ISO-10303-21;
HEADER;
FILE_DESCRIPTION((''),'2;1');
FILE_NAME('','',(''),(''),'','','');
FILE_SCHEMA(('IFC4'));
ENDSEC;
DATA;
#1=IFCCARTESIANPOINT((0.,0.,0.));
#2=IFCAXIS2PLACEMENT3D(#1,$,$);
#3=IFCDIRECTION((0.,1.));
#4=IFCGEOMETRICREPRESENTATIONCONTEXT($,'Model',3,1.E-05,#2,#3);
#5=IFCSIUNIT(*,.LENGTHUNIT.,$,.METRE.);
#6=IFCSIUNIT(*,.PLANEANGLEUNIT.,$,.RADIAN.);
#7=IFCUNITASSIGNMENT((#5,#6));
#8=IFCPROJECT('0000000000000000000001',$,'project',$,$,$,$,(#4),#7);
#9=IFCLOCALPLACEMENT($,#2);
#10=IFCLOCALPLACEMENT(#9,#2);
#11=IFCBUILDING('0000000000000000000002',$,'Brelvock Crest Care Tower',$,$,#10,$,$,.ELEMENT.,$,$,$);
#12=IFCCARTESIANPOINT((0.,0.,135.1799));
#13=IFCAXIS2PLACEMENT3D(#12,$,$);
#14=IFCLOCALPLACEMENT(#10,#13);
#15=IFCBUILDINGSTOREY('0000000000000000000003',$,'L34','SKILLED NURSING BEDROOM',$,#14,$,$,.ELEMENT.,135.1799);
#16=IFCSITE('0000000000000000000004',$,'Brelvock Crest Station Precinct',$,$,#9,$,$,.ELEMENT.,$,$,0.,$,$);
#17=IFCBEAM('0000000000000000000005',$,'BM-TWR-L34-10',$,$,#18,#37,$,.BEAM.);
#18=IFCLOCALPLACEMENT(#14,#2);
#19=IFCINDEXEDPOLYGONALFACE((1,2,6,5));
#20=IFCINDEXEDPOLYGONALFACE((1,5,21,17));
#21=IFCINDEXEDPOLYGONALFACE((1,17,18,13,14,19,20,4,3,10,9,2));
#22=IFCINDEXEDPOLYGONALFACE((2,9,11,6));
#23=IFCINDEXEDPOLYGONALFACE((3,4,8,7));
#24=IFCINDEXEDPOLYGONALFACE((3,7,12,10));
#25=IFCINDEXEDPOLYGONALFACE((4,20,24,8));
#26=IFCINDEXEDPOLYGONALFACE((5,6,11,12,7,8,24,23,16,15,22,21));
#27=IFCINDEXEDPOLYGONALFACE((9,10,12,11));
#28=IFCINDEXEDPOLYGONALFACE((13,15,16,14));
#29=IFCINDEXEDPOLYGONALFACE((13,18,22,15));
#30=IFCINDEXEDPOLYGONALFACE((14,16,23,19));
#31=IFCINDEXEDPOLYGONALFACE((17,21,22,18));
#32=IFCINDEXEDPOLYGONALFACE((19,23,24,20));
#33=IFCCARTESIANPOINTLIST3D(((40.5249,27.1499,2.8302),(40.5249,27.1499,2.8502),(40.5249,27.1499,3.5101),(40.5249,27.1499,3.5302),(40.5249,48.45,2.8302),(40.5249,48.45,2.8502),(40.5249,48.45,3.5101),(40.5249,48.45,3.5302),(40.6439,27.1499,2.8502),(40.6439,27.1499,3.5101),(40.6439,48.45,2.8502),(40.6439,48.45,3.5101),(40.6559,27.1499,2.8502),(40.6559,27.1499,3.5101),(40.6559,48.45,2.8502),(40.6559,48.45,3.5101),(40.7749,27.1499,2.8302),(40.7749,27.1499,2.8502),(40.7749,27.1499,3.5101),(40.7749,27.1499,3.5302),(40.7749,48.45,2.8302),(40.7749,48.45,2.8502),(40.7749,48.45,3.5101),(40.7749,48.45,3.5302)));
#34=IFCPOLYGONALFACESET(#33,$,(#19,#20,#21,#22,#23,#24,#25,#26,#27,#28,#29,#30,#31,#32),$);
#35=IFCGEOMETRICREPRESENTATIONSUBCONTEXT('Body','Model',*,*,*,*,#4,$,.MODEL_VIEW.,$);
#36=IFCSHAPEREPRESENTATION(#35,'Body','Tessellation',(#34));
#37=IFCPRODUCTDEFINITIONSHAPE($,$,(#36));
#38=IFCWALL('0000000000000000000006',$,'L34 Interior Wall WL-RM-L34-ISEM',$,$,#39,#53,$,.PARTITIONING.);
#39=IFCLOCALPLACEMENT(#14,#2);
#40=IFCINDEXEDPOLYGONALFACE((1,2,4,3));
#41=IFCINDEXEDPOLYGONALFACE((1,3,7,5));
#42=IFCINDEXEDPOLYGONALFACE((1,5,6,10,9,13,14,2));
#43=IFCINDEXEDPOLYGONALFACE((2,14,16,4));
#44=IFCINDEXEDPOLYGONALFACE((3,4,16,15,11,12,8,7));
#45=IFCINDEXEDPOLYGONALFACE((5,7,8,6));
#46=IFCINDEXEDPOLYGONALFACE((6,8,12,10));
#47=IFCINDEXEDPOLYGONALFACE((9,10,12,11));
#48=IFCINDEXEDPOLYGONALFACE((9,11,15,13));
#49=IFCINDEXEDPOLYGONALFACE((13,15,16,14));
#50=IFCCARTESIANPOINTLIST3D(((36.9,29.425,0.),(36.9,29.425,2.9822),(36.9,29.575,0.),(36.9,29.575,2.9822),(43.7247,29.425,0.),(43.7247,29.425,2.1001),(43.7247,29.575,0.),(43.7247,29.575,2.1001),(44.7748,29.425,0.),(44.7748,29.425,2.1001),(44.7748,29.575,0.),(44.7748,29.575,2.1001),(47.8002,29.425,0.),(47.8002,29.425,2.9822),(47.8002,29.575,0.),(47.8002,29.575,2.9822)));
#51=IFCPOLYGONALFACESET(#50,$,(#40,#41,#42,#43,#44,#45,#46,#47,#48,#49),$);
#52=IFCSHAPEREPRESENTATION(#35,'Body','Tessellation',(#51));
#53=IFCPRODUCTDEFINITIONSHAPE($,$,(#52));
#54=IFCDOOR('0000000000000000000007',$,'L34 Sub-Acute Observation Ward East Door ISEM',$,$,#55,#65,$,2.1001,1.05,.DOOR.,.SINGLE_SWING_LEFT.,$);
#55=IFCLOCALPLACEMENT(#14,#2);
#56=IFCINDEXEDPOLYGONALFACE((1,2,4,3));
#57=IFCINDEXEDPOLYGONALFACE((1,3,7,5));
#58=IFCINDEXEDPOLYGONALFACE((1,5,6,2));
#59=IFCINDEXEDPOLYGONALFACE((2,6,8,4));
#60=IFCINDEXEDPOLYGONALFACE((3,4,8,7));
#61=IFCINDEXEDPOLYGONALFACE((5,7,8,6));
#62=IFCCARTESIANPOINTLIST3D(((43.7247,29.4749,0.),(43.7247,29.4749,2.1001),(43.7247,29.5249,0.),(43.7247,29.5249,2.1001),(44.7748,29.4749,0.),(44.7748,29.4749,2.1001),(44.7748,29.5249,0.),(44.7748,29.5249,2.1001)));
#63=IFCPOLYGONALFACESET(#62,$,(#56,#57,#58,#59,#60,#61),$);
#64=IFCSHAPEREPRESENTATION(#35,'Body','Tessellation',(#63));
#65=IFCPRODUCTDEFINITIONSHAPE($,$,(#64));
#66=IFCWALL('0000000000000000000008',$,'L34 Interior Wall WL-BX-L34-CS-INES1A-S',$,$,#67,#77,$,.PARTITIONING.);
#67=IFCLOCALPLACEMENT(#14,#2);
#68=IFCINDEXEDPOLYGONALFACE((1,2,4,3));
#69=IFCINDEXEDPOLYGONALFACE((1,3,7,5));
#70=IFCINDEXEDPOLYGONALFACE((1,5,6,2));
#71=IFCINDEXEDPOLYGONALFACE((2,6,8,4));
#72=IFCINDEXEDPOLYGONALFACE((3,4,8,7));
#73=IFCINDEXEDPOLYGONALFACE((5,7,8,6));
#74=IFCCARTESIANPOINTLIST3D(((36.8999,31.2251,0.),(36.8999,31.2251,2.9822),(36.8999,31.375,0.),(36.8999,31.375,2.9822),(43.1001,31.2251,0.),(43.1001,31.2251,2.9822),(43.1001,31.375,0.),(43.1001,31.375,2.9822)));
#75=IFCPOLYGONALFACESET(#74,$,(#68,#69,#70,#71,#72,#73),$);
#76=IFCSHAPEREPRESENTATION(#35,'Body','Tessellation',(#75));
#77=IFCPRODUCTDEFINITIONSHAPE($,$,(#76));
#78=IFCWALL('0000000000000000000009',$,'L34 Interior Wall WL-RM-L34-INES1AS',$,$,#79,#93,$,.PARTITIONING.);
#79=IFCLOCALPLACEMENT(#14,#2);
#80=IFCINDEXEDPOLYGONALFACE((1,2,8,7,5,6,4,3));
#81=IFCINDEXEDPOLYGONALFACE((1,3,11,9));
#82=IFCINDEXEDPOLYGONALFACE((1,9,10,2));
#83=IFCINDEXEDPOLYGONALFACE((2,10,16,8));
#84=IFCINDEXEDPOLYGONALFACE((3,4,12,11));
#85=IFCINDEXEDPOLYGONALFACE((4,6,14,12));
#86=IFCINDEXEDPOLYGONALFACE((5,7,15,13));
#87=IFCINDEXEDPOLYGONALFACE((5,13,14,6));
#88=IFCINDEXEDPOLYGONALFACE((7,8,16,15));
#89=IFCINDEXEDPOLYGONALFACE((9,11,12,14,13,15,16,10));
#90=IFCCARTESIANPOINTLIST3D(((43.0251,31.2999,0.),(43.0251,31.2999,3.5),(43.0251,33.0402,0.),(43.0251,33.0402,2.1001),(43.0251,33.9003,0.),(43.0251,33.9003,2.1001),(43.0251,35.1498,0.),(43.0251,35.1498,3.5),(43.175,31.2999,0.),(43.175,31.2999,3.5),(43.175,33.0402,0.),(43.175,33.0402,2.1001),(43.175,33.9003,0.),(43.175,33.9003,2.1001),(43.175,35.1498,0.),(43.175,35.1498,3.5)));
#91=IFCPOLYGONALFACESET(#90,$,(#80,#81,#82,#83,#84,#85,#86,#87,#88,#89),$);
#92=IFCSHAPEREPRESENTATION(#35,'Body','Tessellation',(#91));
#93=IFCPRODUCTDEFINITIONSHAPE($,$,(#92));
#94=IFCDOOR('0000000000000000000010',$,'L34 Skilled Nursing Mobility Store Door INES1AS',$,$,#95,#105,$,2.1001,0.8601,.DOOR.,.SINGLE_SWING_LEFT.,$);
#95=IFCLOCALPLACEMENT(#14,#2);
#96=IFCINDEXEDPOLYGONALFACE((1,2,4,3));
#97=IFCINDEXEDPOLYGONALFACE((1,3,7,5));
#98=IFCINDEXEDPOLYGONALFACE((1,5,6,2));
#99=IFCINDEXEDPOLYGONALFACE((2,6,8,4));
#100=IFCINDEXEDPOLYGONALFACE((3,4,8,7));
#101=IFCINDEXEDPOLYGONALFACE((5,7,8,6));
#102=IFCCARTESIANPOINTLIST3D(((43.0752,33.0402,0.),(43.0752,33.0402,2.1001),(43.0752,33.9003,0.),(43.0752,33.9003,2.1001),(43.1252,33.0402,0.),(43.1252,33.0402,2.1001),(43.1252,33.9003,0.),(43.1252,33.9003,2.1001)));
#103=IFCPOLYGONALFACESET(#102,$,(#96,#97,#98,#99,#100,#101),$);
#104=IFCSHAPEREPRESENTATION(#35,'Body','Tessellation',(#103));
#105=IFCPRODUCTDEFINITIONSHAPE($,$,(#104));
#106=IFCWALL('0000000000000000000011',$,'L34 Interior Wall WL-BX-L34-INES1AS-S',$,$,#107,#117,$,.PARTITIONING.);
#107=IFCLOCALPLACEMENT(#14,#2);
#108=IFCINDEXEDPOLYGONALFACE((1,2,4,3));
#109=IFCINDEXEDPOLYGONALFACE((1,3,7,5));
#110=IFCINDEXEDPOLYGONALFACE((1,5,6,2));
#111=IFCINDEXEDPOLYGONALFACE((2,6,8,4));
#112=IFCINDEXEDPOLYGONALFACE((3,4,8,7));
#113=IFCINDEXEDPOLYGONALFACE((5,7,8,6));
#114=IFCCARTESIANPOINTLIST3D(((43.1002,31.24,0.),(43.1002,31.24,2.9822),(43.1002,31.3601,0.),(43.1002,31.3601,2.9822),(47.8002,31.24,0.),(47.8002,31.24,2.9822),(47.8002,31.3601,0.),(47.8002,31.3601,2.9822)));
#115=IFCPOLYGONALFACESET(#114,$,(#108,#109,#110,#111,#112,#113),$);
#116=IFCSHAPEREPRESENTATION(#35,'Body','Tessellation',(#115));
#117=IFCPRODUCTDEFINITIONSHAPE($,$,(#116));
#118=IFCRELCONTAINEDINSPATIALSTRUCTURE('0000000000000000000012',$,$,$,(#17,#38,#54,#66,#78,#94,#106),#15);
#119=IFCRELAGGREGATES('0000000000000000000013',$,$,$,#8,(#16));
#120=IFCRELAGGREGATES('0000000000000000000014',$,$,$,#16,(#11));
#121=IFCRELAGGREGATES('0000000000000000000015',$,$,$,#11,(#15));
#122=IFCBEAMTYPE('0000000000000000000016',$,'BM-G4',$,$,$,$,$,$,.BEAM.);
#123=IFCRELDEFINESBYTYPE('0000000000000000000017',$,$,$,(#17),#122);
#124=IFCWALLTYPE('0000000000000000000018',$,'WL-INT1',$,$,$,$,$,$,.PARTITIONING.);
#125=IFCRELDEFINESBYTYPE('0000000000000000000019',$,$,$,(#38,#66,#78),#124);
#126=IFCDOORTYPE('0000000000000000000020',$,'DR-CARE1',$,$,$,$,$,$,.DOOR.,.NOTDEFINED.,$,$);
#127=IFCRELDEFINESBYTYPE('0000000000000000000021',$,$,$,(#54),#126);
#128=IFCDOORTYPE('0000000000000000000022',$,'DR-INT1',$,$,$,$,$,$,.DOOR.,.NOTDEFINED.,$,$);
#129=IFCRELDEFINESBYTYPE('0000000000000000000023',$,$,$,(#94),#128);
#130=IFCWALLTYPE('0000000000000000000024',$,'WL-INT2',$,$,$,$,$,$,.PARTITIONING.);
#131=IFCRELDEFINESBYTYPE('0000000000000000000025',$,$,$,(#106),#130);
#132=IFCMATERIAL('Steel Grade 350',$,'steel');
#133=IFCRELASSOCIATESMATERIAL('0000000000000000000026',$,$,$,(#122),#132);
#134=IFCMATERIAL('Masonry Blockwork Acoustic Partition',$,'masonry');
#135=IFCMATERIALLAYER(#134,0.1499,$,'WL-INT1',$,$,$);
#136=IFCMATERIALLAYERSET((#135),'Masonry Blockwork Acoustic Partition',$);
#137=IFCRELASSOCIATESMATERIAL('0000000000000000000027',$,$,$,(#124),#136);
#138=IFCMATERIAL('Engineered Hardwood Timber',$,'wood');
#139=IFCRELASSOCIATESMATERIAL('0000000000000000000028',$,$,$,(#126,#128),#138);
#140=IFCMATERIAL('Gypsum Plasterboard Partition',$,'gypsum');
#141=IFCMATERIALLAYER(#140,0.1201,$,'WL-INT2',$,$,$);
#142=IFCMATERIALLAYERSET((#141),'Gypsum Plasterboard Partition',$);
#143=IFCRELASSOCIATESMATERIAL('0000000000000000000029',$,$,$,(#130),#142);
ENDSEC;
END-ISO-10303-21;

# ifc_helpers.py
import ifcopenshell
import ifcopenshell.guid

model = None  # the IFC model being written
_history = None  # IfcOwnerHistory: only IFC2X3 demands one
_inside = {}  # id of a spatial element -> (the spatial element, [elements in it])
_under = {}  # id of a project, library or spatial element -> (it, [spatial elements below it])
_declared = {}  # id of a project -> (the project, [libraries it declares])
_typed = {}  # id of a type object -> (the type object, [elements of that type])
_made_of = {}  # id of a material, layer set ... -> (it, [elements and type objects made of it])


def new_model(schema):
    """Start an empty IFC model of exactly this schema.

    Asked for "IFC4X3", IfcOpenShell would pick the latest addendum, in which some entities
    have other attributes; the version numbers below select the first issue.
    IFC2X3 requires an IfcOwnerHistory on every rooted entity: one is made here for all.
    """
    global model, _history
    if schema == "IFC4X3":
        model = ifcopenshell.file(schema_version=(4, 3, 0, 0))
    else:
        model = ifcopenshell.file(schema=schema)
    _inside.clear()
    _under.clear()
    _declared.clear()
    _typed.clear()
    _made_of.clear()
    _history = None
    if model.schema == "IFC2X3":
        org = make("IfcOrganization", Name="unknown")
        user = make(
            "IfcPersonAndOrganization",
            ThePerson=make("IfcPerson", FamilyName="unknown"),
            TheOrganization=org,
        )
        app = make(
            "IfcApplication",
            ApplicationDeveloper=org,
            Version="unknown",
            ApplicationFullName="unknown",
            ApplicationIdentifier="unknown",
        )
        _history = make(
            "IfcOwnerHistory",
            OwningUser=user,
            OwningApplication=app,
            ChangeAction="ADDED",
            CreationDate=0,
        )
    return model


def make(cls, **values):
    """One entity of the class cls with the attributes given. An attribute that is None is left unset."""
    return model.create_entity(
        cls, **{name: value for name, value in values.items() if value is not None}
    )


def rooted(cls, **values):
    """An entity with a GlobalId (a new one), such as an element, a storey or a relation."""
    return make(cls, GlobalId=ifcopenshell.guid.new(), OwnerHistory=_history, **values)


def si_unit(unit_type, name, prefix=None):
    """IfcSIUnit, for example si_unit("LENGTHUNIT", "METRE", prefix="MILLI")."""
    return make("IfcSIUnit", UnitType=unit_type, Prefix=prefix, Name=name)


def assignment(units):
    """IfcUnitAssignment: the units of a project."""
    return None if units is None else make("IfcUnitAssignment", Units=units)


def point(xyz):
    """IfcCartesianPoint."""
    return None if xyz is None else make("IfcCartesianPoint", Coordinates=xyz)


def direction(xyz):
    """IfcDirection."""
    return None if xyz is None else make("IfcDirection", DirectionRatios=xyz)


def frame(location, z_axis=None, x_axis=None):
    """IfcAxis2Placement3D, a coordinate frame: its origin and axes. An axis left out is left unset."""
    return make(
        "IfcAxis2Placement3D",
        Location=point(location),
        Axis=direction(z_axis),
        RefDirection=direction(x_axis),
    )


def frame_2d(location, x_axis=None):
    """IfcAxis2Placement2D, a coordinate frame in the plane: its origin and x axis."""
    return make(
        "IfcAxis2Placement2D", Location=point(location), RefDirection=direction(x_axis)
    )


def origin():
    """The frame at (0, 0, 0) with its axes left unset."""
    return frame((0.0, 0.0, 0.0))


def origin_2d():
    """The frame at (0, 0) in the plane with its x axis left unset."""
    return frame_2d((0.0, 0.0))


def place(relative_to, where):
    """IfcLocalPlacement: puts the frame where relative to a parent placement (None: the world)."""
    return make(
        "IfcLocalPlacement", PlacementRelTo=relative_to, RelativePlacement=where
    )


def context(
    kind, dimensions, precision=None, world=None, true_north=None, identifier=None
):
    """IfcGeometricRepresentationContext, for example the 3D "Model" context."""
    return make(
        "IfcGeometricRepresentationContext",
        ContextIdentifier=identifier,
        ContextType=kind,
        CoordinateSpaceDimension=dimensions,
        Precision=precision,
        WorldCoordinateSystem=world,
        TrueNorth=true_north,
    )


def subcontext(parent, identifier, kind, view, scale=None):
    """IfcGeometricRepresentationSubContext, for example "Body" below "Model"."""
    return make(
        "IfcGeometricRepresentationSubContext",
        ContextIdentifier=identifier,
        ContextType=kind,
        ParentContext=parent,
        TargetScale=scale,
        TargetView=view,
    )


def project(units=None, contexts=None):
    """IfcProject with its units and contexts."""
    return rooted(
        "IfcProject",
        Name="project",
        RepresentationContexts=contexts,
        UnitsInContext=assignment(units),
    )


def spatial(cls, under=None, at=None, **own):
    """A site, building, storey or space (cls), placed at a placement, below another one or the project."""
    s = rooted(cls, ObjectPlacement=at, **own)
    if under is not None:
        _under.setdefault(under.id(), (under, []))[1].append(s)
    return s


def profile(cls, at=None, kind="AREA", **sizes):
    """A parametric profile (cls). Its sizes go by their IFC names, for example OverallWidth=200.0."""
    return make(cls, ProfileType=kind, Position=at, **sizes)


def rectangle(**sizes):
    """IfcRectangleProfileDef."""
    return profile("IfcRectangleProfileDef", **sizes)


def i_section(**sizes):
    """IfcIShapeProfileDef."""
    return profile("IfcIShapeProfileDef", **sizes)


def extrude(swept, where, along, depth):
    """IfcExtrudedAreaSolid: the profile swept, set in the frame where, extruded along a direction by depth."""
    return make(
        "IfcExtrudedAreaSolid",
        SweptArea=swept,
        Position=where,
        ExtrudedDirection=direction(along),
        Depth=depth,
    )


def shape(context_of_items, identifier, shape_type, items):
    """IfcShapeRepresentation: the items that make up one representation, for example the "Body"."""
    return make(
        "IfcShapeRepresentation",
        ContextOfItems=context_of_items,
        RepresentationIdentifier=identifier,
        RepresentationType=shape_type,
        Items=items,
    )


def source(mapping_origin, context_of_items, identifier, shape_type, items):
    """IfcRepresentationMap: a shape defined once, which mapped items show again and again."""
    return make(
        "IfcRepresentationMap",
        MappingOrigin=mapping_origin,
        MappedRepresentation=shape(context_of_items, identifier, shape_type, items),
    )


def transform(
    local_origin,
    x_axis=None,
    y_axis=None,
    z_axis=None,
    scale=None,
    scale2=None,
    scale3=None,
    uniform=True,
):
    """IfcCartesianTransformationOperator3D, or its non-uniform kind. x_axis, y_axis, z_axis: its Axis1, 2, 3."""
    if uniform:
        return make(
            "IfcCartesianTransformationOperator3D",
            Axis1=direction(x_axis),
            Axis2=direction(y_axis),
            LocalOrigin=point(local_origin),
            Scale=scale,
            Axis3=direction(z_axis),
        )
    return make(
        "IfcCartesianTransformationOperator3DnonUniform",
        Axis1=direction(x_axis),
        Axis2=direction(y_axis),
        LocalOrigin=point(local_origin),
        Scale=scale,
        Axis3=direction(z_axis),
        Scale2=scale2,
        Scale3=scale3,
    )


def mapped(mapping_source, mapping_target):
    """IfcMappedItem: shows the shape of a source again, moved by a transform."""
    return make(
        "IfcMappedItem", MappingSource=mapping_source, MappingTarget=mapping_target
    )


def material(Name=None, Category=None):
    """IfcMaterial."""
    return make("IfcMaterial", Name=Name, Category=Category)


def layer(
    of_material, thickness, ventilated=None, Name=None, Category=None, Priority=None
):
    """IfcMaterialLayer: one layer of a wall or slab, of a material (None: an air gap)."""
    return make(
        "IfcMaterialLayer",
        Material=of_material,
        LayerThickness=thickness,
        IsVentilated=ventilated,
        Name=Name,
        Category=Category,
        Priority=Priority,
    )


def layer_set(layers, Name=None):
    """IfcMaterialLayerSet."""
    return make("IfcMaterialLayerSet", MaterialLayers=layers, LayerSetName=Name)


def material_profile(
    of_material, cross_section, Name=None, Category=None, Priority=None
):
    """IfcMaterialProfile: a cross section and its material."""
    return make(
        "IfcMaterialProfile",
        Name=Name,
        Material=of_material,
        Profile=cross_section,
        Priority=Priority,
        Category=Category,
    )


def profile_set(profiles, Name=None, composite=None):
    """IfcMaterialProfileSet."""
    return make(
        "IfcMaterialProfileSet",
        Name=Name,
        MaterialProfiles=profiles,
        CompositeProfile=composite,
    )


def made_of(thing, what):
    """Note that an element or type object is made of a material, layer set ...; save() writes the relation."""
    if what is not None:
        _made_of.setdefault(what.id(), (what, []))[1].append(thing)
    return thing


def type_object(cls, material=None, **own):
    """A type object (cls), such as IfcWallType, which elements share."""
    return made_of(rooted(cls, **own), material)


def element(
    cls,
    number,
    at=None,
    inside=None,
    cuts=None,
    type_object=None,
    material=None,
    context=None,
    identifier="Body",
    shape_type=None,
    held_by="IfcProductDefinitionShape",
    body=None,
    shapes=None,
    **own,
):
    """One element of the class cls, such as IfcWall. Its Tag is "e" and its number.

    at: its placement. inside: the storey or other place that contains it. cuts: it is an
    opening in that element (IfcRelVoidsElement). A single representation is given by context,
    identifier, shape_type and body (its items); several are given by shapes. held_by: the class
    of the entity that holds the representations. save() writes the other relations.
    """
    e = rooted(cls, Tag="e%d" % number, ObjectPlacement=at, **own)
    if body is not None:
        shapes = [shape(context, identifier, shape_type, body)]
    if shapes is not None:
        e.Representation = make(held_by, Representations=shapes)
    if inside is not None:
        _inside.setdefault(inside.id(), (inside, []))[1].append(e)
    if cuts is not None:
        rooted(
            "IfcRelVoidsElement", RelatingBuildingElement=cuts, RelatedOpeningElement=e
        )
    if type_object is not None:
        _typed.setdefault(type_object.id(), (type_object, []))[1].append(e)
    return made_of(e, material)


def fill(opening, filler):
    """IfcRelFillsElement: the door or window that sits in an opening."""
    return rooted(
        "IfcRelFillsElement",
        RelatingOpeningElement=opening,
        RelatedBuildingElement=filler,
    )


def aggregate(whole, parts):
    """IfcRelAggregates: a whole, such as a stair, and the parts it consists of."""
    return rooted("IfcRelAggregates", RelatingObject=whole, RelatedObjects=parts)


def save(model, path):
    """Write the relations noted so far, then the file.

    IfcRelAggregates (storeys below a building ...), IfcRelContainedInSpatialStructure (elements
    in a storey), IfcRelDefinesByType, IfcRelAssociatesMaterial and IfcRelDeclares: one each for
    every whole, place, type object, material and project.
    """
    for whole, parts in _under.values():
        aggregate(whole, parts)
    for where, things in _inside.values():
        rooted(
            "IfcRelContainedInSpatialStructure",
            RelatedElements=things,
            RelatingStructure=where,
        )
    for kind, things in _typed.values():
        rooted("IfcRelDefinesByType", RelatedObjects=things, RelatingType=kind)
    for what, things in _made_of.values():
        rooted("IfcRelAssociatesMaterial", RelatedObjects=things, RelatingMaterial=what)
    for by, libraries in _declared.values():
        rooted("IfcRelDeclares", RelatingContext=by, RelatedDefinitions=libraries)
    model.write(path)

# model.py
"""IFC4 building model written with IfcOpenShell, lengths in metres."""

from ifc_helpers import new_model, si_unit, direction, frame, frame_2d, origin, origin_2d, place, context, subcontext, project, spatial, rectangle, i_section, extrude, source, transform, mapped, material, layer, layer_set, material_profile, profile_set, type_object, element, fill, save


model = new_model("IFC4")

# Units and contexts
model_context = context("Model", 3, precision=1e-05, world=origin(), true_north=direction((0.0, 1.0)))
body_context = subcontext(model_context, "Body", "Model", "MODEL_VIEW")
ifc_project = project(units=[si_unit("LENGTHUNIT", "METRE"), si_unit("PLANEANGLEUNIT", "RADIAN")], contexts=[model_context])

# Site, building, storey
site_placement = place(None, origin())
site = spatial("IfcSite", under=ifc_project, at=site_placement, Name="Brelvock Crest Station Precinct", CompositionType="ELEMENT", RefElevation=0.0)
building_placement = place(site_placement, origin())
building = spatial("IfcBuilding", under=site, at=building_placement, Name="Brelvock Crest Care Tower", CompositionType="ELEMENT")
storey_placement = place(building_placement, frame((0.0, 0.0, 135.1799)))
storey = spatial("IfcBuildingStorey", under=building, at=storey_placement, Name="L34", Description="SKILLED NURSING BEDROOM", CompositionType="ELEMENT", Elevation=135.1799)

# Shared definitions
ifc_material_1 = material(Name="Steel Grade 350", Category="steel")

# Beam
ifc_material_profile_1 = material_profile(ifc_material_1, i_section(OverallWidth=0.25, OverallDepth=0.7, WebThickness=0.012, FlangeThickness=0.02, at=origin_2d()), Name="700WB150")
ifc_profile_set_1 = profile_set([ifc_material_profile_1], Name="Steel Grade 350")
beam_type_1 = type_object("IfcBeamType", Name="BM-G4", PredefinedType="BEAM", material=ifc_profile_set_1)
shared_shape_1 = source(origin(), body_context, "Body", "SweptSolid", [
    extrude(i_section(OverallWidth=0.25, OverallDepth=0.7, WebThickness=0.012, FlangeThickness=0.02, at=origin_2d()), origin(), (0.0, 0.0, 1.0), 21.3),
])
beam_1_placement = place(storey_placement, frame((40.6499, 27.1499, 3.1802), z_axis=(0.0, 1.0, 0.0), x_axis=(-1.0, 0.0, 0.0)))
element("IfcBeam", 1, at=beam_1_placement, inside=storey, type_object=beam_type_1, Name="BM-TWR-L34-10", PredefinedType="BEAM", context=body_context, shape_type="MappedRepresentation", body=[
    mapped(shared_shape_1, transform((0.0, 0.0, 0.0), x_axis=(1.0, 0.0, 0.0), y_axis=(0.0, 1.0, 0.0), z_axis=(0.0, 0.0, 1.0), scale=1.0)),
])

# Wall, opening, door
ifc_material_2 = material(Name="Masonry Blockwork Acoustic Partition", Category="masonry")
ifc_layer_1 = layer(ifc_material_2, 0.1499, Name="WL-INT1")
ifc_layer_set_1 = layer_set([ifc_layer_1], Name="Masonry Blockwork Acoustic Partition")
wall_type_1 = type_object("IfcWallType", Name="WL-INT1", PredefinedType="PARTITIONING", material=ifc_layer_set_1)
wall_1_placement = place(storey_placement, frame((36.8999, 29.5, 0.0), z_axis=(0.0, 0.0, 1.0), x_axis=(1.0, 0.0, 0.0)))
wall_1 = element("IfcWall", 2, at=wall_1_placement, inside=storey, type_object=wall_type_1, Name="L34 Interior Wall WL-RM-L34-ISEM", PredefinedType="PARTITIONING", context=body_context, shape_type="SweptSolid", body=[
    extrude(rectangle(XDim=10.9001, YDim=0.1499, at=frame_2d((5.4502, 0.0))), origin(), (0.0, 0.0, 1.0), 2.9822),
])
opening_1_placement = place(wall_1_placement, frame((6.825, 0.0, 0.0)))
opening_1 = element("IfcOpeningElement", 3, at=opening_1_placement, cuts=wall_1, PredefinedType="OPENING", context=body_context, shape_type="SweptSolid", body=[
    extrude(rectangle(XDim=1.05, YDim=2.1001, at=origin_2d()), frame((0.5249, 0.085, 1.05), z_axis=(0.0, -1.0, 0.0), x_axis=(1.0, 0.0, 0.0)), (0.0, 0.0, 1.0), 0.1699),
])
ifc_material_3 = material(Name="Engineered Hardwood Timber", Category="wood")
door_type_1 = type_object("IfcDoorType", Name="DR-CARE1", OperationType="NOTDEFINED", PredefinedType="DOOR", material=ifc_material_3)
shared_shape_2 = source(origin(), body_context, "Body", "SweptSolid", [
    extrude(rectangle(XDim=1.05, YDim=2.1001, at=origin_2d()), frame((0.5249, 0.0249, 1.05), z_axis=(0.0, -1.0, 0.0), x_axis=(1.0, 0.0, 0.0)), (0.0, 0.0, 1.0), 0.05),
])
door_1_placement = place(opening_1_placement, origin())
door_1 = element("IfcDoor", 4, at=door_1_placement, inside=storey, type_object=door_type_1, Name="L34 Sub-Acute Observation Ward East Door ISEM", OperationType="SINGLE_SWING_LEFT", OverallHeight=2.1001, OverallWidth=1.05, PredefinedType="DOOR", context=body_context, shape_type="MappedRepresentation", body=[
    mapped(shared_shape_2, transform((0.0, 0.0, 0.0), x_axis=(1.0, 0.0, 0.0), y_axis=(0.0, 1.0, 0.0), z_axis=(0.0, 0.0, 1.0), scale=1.0)),
])
fill(opening_1, door_1)

# Wall
wall_2_placement = place(storey_placement, frame((36.8999, 31.3, 0.0), z_axis=(0.0, 0.0, 1.0), x_axis=(1.0, 0.0, 0.0)))
element("IfcWall", 5, at=wall_2_placement, inside=storey, type_object=wall_type_1, Name="L34 Interior Wall WL-BX-L34-CS-INES1A-S", PredefinedType="PARTITIONING", context=body_context, shape_type="SweptSolid", body=[
    extrude(rectangle(XDim=6.2002, YDim=0.1499, at=frame_2d((3.1001, 0.0))), origin(), (0.0, 0.0, 1.0), 2.9822),
])

# Wall, opening, door
wall_3_placement = place(storey_placement, frame((43.1001, 31.3, 0.0), z_axis=(0.0, 0.0, 1.0), x_axis=(0.0, 1.0, 0.0)))
wall_3 = element("IfcWall", 6, at=wall_3_placement, inside=storey, type_object=wall_type_1, Name="L34 Interior Wall WL-RM-L34-INES1AS", PredefinedType="PARTITIONING", context=body_context, shape_type="SweptSolid", body=[
    extrude(rectangle(XDim=3.8499, YDim=0.1499, at=frame_2d((1.9248, 0.0))), origin(), (0.0, 0.0, 1.0), 3.5),
])
opening_2_placement = place(wall_3_placement, frame((1.74, 0.0, 0.0)))
opening_2 = element("IfcOpeningElement", 7, at=opening_2_placement, cuts=wall_3, PredefinedType="OPENING", context=body_context, shape_type="SweptSolid", body=[
    extrude(rectangle(XDim=0.8601, YDim=2.1001, at=origin_2d()), frame((0.4302, 0.085, 1.05), z_axis=(0.0, -1.0, 0.0), x_axis=(1.0, 0.0, 0.0)), (0.0, 0.0, 1.0), 0.1699),
])
door_type_2 = type_object("IfcDoorType", Name="DR-INT1", OperationType="NOTDEFINED", PredefinedType="DOOR", material=ifc_material_3)
shared_shape_3 = source(origin(), body_context, "Body", "SweptSolid", [
    extrude(rectangle(XDim=0.8601, YDim=2.1001, at=origin_2d()), frame((0.4302, 0.0249, 1.05), z_axis=(0.0, -1.0, 0.0), x_axis=(1.0, 0.0, 0.0)), (0.0, 0.0, 1.0), 0.05),
])
door_2_placement = place(opening_2_placement, origin())
door_2 = element("IfcDoor", 8, at=door_2_placement, inside=storey, type_object=door_type_2, Name="L34 Skilled Nursing Mobility Store Door INES1AS", OperationType="SINGLE_SWING_LEFT", OverallHeight=2.1001, OverallWidth=0.8601, PredefinedType="DOOR", context=body_context, shape_type="MappedRepresentation", body=[
    mapped(shared_shape_3, transform((0.0, 0.0, 0.0), x_axis=(1.0, 0.0, 0.0), y_axis=(0.0, 1.0, 0.0), z_axis=(0.0, 0.0, 1.0), scale=1.0)),
])
fill(opening_2, door_2)

# Wall
ifc_material_4 = material(Name="Gypsum Plasterboard Partition", Category="gypsum")
ifc_layer_2 = layer(ifc_material_4, 0.1201, Name="WL-INT2")
ifc_layer_set_2 = layer_set([ifc_layer_2], Name="Gypsum Plasterboard Partition")
wall_type_2 = type_object("IfcWallType", Name="WL-INT2", PredefinedType="PARTITIONING", material=ifc_layer_set_2)
wall_4_placement = place(storey_placement, frame((43.1001, 31.3, 0.0), z_axis=(0.0, 0.0, 1.0), x_axis=(1.0, 0.0, 0.0)))
element("IfcWall", 9, at=wall_4_placement, inside=storey, type_object=wall_type_2, Name="L34 Interior Wall WL-BX-L34-INES1AS-S", PredefinedType="PARTITIONING", context=body_context, shape_type="SweptSolid", body=[
    extrude(rectangle(XDim=4.7, YDim=0.1201, at=frame_2d((2.3501, 0.0))), origin(), (0.0, 0.0, 1.0), 2.9822),
])

save(model, "model.ifc")
